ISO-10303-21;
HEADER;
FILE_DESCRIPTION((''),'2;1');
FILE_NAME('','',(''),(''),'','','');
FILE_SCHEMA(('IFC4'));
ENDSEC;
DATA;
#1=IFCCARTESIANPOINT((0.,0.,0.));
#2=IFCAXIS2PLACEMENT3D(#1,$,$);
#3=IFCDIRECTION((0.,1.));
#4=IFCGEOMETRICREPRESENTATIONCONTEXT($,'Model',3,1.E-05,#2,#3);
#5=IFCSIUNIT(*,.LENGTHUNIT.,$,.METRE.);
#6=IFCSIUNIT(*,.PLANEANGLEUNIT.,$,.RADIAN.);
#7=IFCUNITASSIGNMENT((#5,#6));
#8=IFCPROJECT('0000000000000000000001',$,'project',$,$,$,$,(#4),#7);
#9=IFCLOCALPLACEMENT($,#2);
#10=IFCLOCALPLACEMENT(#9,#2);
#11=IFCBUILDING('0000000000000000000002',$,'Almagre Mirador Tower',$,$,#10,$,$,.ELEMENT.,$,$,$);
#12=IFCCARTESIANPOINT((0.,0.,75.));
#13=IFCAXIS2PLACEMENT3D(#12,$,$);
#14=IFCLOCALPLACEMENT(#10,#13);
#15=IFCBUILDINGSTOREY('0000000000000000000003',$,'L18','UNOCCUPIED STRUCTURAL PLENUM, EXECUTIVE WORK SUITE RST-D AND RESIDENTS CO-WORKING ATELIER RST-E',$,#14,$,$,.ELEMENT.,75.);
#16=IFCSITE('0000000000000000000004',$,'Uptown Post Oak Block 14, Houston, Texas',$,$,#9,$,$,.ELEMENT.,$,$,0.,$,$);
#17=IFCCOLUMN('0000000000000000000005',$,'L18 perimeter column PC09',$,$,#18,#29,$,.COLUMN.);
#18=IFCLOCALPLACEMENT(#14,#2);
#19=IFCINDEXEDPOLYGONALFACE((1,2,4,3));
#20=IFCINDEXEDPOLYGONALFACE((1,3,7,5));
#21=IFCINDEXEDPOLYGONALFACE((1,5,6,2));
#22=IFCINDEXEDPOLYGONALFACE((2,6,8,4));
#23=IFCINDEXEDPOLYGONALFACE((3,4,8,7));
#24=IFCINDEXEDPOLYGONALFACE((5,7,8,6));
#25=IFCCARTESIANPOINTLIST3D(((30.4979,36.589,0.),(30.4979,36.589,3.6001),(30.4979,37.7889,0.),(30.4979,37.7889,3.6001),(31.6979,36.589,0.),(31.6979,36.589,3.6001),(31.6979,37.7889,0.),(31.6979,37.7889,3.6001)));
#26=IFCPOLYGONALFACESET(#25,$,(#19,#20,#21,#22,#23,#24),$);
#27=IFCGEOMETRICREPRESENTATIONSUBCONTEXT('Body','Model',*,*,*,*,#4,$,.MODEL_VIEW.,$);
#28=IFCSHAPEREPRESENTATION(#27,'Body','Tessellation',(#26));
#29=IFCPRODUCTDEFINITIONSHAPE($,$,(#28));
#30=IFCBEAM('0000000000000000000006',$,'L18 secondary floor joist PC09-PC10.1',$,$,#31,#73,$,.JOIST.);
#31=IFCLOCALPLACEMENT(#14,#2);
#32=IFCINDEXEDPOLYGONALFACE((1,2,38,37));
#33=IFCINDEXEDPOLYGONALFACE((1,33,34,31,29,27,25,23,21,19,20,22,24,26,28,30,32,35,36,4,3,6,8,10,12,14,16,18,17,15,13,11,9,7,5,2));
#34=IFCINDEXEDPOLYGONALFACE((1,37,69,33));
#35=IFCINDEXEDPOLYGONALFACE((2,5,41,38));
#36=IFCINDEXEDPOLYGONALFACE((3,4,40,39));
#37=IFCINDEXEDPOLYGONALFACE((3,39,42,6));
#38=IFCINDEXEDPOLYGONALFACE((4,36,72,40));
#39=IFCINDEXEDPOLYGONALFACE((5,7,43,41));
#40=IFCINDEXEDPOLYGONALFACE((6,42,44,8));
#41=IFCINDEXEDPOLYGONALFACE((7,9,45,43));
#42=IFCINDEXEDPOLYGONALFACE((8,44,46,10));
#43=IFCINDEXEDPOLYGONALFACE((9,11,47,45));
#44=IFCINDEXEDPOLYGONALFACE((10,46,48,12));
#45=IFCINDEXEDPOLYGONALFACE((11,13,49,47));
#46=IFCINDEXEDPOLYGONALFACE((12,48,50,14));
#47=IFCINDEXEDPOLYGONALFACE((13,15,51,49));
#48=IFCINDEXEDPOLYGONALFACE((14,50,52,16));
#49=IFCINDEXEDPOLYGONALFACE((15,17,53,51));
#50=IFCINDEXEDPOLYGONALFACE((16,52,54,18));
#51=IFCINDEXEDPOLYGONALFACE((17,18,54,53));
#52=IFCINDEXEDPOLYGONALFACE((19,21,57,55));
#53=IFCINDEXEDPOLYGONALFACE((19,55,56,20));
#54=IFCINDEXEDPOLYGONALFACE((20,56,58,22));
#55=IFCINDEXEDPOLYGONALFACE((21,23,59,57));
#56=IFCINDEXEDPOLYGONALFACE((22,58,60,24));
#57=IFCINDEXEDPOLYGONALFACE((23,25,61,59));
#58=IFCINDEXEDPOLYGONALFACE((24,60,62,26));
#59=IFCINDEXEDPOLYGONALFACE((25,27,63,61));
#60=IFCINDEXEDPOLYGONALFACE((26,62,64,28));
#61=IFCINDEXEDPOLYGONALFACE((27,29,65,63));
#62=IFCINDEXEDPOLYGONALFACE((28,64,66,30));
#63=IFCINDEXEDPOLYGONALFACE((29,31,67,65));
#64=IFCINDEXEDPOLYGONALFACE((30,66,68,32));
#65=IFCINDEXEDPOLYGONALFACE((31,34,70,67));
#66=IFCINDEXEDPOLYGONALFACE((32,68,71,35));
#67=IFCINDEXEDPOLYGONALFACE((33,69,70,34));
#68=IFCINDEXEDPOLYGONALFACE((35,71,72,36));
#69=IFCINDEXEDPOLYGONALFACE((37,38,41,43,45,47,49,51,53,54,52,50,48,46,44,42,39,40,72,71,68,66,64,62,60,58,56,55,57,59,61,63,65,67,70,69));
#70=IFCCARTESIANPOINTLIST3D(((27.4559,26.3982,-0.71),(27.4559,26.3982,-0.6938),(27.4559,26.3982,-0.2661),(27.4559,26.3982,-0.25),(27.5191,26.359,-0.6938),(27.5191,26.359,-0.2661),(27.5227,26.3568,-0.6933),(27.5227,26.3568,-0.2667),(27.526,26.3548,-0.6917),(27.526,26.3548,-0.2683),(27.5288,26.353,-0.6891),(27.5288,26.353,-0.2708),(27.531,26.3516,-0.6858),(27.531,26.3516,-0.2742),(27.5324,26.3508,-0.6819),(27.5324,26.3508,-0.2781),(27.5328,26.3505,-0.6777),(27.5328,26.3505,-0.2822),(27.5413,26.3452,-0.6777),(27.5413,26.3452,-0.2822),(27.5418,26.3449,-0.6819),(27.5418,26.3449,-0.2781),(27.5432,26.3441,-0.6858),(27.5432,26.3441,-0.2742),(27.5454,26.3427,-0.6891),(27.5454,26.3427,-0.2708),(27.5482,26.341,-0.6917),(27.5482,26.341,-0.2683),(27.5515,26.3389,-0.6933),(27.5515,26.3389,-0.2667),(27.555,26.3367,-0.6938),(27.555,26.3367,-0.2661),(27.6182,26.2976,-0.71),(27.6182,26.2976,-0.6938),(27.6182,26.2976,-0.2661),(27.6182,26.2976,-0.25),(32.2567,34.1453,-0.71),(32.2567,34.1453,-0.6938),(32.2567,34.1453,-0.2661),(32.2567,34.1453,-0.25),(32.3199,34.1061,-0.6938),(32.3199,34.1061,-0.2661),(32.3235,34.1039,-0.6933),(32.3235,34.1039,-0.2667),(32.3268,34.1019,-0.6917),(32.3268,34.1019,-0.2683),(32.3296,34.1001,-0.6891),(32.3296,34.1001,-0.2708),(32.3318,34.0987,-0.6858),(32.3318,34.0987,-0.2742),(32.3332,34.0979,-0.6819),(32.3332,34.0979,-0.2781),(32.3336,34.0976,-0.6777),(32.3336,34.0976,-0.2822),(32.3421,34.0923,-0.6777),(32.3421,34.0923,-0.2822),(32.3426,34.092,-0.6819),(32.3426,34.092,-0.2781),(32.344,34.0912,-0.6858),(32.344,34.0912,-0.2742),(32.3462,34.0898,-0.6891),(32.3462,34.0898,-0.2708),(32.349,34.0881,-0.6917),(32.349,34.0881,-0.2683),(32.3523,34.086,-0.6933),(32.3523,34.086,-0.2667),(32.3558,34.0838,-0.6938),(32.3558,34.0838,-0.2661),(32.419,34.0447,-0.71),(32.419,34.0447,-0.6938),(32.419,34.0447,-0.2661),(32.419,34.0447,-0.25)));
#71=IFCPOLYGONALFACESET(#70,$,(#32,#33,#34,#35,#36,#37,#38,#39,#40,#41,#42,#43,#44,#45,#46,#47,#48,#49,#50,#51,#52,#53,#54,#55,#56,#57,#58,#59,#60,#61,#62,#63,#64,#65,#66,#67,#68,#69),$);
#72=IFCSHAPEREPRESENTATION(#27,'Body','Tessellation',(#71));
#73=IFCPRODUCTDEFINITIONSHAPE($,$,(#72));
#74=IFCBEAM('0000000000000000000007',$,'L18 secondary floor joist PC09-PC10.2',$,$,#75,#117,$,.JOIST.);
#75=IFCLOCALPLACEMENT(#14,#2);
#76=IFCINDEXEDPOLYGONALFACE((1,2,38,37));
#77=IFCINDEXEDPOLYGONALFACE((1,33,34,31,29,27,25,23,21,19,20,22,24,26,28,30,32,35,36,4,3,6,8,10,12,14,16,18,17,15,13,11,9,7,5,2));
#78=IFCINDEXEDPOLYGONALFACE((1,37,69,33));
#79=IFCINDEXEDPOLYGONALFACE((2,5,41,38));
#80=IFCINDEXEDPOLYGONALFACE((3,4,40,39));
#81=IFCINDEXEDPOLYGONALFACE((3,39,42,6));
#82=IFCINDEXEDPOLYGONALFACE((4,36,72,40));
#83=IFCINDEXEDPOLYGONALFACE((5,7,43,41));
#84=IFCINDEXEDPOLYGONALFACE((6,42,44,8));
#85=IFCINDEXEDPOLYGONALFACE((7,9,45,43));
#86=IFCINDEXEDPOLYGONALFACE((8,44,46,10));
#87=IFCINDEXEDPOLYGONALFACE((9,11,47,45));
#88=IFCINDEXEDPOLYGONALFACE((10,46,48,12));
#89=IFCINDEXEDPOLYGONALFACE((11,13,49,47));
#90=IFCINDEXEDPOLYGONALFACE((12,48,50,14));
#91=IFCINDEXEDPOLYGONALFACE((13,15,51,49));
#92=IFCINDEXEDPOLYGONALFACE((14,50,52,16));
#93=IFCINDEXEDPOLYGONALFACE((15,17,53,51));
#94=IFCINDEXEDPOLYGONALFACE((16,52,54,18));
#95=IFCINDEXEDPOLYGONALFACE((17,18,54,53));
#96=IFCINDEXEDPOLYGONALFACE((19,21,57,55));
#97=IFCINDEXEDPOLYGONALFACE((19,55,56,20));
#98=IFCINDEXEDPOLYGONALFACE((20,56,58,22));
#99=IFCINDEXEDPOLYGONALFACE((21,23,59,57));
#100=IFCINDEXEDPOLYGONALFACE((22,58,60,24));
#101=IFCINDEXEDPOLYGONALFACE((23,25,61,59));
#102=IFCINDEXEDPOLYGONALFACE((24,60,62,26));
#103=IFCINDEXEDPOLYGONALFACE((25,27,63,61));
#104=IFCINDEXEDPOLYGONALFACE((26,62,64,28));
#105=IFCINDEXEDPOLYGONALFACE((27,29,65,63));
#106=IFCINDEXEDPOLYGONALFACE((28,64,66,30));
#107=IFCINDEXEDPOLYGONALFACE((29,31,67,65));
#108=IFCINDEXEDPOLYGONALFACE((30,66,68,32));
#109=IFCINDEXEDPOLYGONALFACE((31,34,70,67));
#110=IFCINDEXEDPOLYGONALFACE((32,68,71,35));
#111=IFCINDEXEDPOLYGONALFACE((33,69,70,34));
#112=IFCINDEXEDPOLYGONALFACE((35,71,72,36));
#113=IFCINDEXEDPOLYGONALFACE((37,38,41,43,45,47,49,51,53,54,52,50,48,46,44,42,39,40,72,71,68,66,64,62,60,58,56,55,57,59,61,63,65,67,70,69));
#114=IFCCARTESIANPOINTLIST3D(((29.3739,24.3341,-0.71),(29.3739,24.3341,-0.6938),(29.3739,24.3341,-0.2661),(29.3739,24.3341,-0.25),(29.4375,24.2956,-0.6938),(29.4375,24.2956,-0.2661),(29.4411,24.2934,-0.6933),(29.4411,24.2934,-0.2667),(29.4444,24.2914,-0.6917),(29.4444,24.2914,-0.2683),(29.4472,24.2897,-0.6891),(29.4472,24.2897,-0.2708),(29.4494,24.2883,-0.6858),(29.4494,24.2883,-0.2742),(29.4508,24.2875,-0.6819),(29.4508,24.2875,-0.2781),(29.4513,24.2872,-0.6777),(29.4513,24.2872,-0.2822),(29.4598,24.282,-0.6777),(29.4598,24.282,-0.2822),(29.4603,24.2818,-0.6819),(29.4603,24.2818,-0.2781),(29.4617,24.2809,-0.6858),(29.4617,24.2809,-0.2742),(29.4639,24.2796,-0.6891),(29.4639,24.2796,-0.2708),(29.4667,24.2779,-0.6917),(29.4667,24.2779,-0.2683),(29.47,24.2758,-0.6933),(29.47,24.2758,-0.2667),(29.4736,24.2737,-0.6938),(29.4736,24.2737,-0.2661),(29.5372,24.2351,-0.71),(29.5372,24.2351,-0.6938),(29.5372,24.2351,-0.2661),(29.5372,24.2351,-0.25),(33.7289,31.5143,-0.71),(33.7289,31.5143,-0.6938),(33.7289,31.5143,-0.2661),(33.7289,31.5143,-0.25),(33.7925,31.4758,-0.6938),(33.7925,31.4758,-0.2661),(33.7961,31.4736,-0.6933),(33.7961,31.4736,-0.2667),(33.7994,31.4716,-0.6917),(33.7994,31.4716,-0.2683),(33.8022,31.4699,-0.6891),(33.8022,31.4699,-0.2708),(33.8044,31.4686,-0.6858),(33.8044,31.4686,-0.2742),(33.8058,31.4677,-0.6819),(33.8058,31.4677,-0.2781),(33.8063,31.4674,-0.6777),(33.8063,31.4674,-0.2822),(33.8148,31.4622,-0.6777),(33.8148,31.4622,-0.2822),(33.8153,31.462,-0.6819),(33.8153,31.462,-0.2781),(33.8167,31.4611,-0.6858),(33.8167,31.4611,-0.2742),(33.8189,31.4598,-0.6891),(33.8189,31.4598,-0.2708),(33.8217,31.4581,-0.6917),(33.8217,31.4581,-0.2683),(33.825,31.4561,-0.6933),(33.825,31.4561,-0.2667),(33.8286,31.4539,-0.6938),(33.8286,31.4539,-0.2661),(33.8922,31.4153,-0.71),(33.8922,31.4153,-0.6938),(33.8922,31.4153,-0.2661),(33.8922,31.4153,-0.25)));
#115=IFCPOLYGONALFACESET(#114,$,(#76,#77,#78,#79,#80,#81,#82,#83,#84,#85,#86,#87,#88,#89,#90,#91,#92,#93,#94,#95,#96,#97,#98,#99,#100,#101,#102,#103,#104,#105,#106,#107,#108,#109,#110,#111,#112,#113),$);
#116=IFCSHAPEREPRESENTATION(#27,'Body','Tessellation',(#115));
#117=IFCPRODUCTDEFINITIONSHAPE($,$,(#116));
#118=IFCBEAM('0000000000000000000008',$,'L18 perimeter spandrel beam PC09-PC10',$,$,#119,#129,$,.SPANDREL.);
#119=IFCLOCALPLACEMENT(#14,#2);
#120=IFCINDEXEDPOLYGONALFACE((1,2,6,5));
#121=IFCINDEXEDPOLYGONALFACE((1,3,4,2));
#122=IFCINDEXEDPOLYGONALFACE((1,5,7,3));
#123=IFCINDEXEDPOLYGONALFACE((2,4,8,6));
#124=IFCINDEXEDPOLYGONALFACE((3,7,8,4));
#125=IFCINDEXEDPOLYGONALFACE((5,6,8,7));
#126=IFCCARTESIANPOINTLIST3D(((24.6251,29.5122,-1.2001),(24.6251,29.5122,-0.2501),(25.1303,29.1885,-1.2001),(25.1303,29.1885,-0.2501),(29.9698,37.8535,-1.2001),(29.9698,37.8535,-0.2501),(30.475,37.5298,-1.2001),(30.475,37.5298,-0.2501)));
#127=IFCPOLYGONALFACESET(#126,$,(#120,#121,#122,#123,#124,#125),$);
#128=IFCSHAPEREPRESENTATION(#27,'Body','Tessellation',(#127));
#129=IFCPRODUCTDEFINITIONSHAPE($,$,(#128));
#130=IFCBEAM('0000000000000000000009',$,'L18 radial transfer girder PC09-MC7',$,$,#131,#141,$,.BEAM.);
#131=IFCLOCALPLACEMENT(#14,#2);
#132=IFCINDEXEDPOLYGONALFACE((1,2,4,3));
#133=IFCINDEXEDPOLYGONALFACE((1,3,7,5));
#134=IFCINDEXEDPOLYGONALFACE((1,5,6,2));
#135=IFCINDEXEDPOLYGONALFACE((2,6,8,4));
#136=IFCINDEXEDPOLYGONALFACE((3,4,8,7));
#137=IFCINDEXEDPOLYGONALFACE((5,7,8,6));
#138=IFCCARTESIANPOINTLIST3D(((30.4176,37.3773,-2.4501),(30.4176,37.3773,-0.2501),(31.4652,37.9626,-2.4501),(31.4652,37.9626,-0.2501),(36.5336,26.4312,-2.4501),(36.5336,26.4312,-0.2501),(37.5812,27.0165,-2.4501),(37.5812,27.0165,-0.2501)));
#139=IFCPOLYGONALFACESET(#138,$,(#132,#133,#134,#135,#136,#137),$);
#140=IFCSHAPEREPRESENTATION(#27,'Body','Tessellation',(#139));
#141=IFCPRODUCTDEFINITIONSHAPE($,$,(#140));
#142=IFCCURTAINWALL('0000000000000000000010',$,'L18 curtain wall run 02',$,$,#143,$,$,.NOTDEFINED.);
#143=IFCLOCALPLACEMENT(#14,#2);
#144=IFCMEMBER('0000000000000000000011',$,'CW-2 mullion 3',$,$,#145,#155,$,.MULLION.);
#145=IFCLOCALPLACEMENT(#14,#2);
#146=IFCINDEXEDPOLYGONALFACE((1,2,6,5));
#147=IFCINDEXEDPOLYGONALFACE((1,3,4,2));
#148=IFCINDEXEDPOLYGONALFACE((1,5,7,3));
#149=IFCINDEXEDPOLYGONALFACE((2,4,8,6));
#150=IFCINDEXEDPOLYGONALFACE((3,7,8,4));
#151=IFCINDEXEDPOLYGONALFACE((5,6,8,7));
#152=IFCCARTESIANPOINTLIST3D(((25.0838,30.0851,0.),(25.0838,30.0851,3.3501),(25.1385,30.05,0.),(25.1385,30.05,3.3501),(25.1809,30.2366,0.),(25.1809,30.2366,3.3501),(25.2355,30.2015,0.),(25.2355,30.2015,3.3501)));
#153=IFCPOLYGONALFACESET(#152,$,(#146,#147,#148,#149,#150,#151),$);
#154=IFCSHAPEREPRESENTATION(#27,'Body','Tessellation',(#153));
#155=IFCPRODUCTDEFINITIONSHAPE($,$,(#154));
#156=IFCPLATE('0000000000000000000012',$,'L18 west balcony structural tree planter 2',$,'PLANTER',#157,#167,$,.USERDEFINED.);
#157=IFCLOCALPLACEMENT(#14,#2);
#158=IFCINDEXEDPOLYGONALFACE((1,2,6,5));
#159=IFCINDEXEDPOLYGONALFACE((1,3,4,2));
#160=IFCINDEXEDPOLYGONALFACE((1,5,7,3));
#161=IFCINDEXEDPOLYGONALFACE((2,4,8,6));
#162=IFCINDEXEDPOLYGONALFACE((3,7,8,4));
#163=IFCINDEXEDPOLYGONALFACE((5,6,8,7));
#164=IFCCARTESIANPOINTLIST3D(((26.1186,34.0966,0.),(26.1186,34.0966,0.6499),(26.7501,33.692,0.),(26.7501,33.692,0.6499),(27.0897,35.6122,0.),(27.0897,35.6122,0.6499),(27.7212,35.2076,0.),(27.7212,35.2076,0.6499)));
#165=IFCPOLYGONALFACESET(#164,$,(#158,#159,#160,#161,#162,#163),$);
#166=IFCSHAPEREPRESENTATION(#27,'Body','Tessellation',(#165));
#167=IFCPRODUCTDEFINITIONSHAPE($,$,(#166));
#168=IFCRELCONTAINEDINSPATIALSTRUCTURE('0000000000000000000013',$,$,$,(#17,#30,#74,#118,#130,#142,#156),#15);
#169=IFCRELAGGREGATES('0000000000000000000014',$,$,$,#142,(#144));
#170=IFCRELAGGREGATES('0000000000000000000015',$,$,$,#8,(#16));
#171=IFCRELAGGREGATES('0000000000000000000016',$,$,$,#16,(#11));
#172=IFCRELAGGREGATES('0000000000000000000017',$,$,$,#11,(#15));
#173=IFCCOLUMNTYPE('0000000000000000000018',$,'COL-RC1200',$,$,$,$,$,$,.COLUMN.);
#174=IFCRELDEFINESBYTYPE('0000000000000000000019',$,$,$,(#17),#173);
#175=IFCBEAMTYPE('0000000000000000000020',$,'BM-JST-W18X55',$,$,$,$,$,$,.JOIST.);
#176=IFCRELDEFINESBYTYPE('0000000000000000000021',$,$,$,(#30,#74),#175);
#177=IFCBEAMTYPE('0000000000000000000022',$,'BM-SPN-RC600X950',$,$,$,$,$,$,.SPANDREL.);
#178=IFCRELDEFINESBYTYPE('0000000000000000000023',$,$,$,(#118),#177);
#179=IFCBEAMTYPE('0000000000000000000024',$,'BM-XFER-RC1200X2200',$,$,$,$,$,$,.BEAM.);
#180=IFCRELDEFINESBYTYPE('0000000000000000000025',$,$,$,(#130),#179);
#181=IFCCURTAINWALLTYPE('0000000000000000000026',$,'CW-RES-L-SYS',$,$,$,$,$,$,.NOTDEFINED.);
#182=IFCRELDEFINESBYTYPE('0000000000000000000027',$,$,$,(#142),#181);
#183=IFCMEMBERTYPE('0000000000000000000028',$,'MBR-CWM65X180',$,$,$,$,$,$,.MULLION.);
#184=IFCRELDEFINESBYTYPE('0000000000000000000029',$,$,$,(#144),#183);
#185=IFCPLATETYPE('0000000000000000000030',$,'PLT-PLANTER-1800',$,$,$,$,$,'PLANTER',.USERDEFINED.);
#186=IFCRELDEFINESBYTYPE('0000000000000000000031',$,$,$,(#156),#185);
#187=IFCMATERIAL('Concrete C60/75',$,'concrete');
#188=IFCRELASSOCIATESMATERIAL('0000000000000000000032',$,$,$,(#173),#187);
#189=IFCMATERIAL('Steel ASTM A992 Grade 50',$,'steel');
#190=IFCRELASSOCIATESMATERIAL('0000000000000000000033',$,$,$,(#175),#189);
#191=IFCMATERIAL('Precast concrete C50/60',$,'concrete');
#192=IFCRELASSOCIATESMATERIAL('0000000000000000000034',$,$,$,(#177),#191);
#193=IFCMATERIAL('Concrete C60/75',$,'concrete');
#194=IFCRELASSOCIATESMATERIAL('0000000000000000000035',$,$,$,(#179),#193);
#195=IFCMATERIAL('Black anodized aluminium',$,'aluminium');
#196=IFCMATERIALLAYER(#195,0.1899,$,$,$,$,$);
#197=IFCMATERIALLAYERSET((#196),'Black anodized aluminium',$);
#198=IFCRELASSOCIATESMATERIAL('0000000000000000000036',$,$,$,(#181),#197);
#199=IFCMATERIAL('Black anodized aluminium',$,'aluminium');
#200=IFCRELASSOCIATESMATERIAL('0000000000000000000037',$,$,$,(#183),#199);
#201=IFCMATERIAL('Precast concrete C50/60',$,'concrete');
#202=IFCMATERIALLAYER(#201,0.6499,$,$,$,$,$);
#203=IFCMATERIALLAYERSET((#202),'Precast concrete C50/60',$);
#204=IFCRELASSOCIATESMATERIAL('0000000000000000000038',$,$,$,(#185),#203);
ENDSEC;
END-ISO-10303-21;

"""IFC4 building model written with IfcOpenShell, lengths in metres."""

from ifc_helpers import new_model, si_unit, direction, frame, origin, origin_2d, place, context, subcontext, project, spatial, rectangle, i_section, extrude, material, layer, layer_set, material_profile, profile_set, type_object, element, aggregate, save


model = new_model("IFC4")

# Units and contexts
model_context = context("Model", 3, precision=1e-05, world=origin(), true_north=direction((0.0, 1.0)))
body_context = subcontext(model_context, "Body", "Model", "MODEL_VIEW")
ifc_project = project(units=[si_unit("LENGTHUNIT", "METRE"), si_unit("PLANEANGLEUNIT", "RADIAN")], contexts=[model_context])

# Site, building, storey
site_placement = place(None, origin())
site = spatial("IfcSite", under=ifc_project, at=site_placement, Name="Uptown Post Oak Block 14, Houston, Texas", CompositionType="ELEMENT", RefElevation=0.0)
building_placement = place(site_placement, origin())
building = spatial("IfcBuilding", under=site, at=building_placement, Name="Almagre Mirador Tower", CompositionType="ELEMENT")
storey_placement = place(building_placement, frame((0.0, 0.0, 75.0)))
storey = spatial("IfcBuildingStorey", under=building, at=storey_placement, Name="L18", Description="UNOCCUPIED STRUCTURAL PLENUM, EXECUTIVE WORK SUITE RST-D AND RESIDENTS CO-WORKING ATELIER RST-E", CompositionType="ELEMENT", Elevation=75.0)

# Column
ifc_material_1 = material(Name="Concrete C60/75", Category="concrete")
ifc_material_profile_1 = material_profile(ifc_material_1, rectangle(XDim=1.2, YDim=1.2, at=origin_2d()), Name="RC1200X1200")
ifc_profile_set_1 = profile_set([ifc_material_profile_1], Name="Concrete C60/75")
column_type = type_object("IfcColumnType", Name="COL-RC1200", PredefinedType="COLUMN", material=ifc_profile_set_1)
column_placement = place(storey_placement, frame((31.0979, 37.189, 0.0), z_axis=(0.0, 0.0, 1.0), x_axis=(1.0, 0.0, 0.0)))
element("IfcColumn", 1, at=column_placement, inside=storey, type_object=column_type, Name="L18 perimeter column PC09", PredefinedType="COLUMN", context=body_context, shape_type="SweptSolid", body=[
    extrude(rectangle(XDim=1.2, YDim=1.2, at=origin_2d()), origin(), (0.0, 0.0, 1.0), 3.6001),
])

# Beams
ifc_material_2 = material(Name="Steel ASTM A992 Grade 50", Category="steel")
ifc_material_profile_2 = material_profile(ifc_material_2, i_section(OverallWidth=0.1909, OverallDepth=0.46, WebThickness=0.01, FlangeThickness=0.0161, FilletRadius=0.0161, at=origin_2d()), Name="W18X55")
ifc_profile_set_2 = profile_set([ifc_material_profile_2], Name="Steel ASTM A992 Grade 50")
beam_type_1 = type_object("IfcBeamType", Name="BM-JST-W18X55", PredefinedType="JOIST", material=ifc_profile_set_2)
beam_1_placement = place(storey_placement, frame((32.3379, 34.095, -0.48), z_axis=(-0.526749, -0.850021, 0.0), x_axis=(0.850021, -0.526749, 0.0)))
element("IfcBeam", 2, at=beam_1_placement, inside=storey, type_object=beam_type_1, Name="L18 secondary floor joist PC09-PC10.1", PredefinedType="JOIST", context=body_context, shape_type="SweptSolid", body=[
    extrude(i_section(OverallWidth=0.1909, OverallDepth=0.46, WebThickness=0.01, FlangeThickness=0.0161, FilletRadius=0.0161, at=origin_2d()), origin(), (0.0, 0.0, 1.0), 9.114),
])
beam_2_placement = place(storey_placement, frame((33.8105, 31.4648, -0.48), z_axis=(-0.518594, -0.85502, 0.0), x_axis=(0.85502, -0.518594, 0.0)))
element("IfcBeam", 3, at=beam_2_placement, inside=storey, type_object=beam_type_1, Name="L18 secondary floor joist PC09-PC10.2", PredefinedType="JOIST", context=body_context, shape_type="SweptSolid", body=[
    extrude(i_section(OverallWidth=0.1909, OverallDepth=0.46, WebThickness=0.01, FlangeThickness=0.0161, FilletRadius=0.0161, at=origin_2d()), origin(), (0.0, 0.0, 1.0), 8.3977),
])
ifc_material_3 = material(Name="Precast concrete C50/60", Category="concrete")
ifc_material_profile_3 = material_profile(ifc_material_3, rectangle(XDim=0.6001, YDim=0.95, at=origin_2d()), Name="RC600X950")
ifc_profile_set_3 = profile_set([ifc_material_profile_3], Name="Precast concrete C50/60")
beam_type_2 = type_object("IfcBeamType", Name="BM-SPN-RC600X950", PredefinedType="SPANDREL", material=ifc_profile_set_3)
beam_3_placement = place(storey_placement, frame((30.2224, 37.6917, -0.7251), z_axis=(-0.539504, -0.841983, 0.0), x_axis=(0.841983, -0.539504, 0.0)))
element("IfcBeam", 4, at=beam_3_placement, inside=storey, type_object=beam_type_2, Name="L18 perimeter spandrel beam PC09-PC10", PredefinedType="SPANDREL", context=body_context, shape_type="SweptSolid", body=[
    extrude(rectangle(XDim=0.6001, YDim=0.95, at=origin_2d()), origin(), (0.0, 0.0, 1.0), 9.9067),
])
ifc_material_4 = material(Name="Concrete C60/75", Category="concrete")
ifc_material_profile_4 = material_profile(ifc_material_4, rectangle(XDim=1.2, YDim=2.2, at=origin_2d()), Name="RC1200X2200")
ifc_profile_set_4 = profile_set([ifc_material_profile_4], Name="Concrete C60/75")
beam_type_3 = type_object("IfcBeamType", Name="BM-XFER-RC1200X2200", PredefinedType="BEAM", material=ifc_profile_set_4)
beam_4_placement = place(storey_placement, frame((30.9414, 37.6699, -1.3501), z_axis=(0.487764, -0.872975, 0.0), x_axis=(0.872975, 0.487764, 0.0)))
element("IfcBeam", 5, at=beam_4_placement, inside=storey, type_object=beam_type_3, Name="L18 radial transfer girder PC09-MC7", PredefinedType="BEAM", context=body_context, shape_type="SweptSolid", body=[
    extrude(rectangle(XDim=1.2, YDim=2.2, at=origin_2d()), origin(), (0.0, 0.0, 1.0), 12.5388),
])

# Curtain wall, member
ifc_material_5 = material(Name="Black anodized aluminium", Category="aluminium")
ifc_layer_1 = layer(ifc_material_5, 0.1899)
ifc_layer_set_1 = layer_set([ifc_layer_1], Name="Black anodized aluminium")
curtain_wall_type = type_object("IfcCurtainWallType", Name="CW-RES-L-SYS", PredefinedType="NOTDEFINED", material=ifc_layer_set_1)
curtain_wall_placement = place(storey_placement, origin())
curtain_wall = element("IfcCurtainWall", 6, at=curtain_wall_placement, inside=storey, type_object=curtain_wall_type, Name="L18 curtain wall run 02", PredefinedType="NOTDEFINED")
ifc_material_6 = material(Name="Black anodized aluminium", Category="aluminium")
ifc_material_profile_5 = material_profile(ifc_material_6, rectangle(XDim=0.0649, YDim=0.1799, at=origin_2d()), Name="CWM65X180")
ifc_profile_set_5 = profile_set([ifc_material_profile_5], Name="Black anodized aluminium")
member_type = type_object("IfcMemberType", Name="MBR-CWM65X180", PredefinedType="MULLION", material=ifc_profile_set_5)
member_placement = place(storey_placement, frame((25.1597, 30.1433, 0.0), z_axis=(0.0, 0.0, 1.0), x_axis=(-0.842015, 0.539455, 0.0)))
member = element("IfcMember", 7, at=member_placement, type_object=member_type, Name="CW-2 mullion 3", PredefinedType="MULLION", context=body_context, shape_type="SweptSolid", body=[
    extrude(rectangle(XDim=0.0649, YDim=0.1799, at=origin_2d()), origin(), (0.0, 0.0, 1.0), 3.3501),
])
aggregate(curtain_wall, [member])

# Plate
ifc_material_7 = material(Name="Precast concrete C50/60", Category="concrete")
ifc_layer_2 = layer(ifc_material_7, 0.6499)
ifc_layer_set_2 = layer_set([ifc_layer_2], Name="Precast concrete C50/60")
plate_type = type_object("IfcPlateType", Name="PLT-PLANTER-1800", ElementType="PLANTER", PredefinedType="USERDEFINED", material=ifc_layer_set_2)
plate_placement = place(storey_placement, frame((26.9199, 34.6521, 0.0), z_axis=(0.0, 0.0, 1.0), x_axis=(-0.539462, -0.84201, 0.0)))
element("IfcPlate", 8, at=plate_placement, inside=storey, type_object=plate_type, Name="L18 west balcony structural tree planter 2", ObjectType="PLANTER", PredefinedType="USERDEFINED", context=body_context, shape_type="SweptSolid", body=[
    extrude(rectangle(XDim=1.8, YDim=0.75, at=origin_2d()), origin(), (0.0, 0.0, 1.0), 0.6499),
])

save(model, "model.ifc")
